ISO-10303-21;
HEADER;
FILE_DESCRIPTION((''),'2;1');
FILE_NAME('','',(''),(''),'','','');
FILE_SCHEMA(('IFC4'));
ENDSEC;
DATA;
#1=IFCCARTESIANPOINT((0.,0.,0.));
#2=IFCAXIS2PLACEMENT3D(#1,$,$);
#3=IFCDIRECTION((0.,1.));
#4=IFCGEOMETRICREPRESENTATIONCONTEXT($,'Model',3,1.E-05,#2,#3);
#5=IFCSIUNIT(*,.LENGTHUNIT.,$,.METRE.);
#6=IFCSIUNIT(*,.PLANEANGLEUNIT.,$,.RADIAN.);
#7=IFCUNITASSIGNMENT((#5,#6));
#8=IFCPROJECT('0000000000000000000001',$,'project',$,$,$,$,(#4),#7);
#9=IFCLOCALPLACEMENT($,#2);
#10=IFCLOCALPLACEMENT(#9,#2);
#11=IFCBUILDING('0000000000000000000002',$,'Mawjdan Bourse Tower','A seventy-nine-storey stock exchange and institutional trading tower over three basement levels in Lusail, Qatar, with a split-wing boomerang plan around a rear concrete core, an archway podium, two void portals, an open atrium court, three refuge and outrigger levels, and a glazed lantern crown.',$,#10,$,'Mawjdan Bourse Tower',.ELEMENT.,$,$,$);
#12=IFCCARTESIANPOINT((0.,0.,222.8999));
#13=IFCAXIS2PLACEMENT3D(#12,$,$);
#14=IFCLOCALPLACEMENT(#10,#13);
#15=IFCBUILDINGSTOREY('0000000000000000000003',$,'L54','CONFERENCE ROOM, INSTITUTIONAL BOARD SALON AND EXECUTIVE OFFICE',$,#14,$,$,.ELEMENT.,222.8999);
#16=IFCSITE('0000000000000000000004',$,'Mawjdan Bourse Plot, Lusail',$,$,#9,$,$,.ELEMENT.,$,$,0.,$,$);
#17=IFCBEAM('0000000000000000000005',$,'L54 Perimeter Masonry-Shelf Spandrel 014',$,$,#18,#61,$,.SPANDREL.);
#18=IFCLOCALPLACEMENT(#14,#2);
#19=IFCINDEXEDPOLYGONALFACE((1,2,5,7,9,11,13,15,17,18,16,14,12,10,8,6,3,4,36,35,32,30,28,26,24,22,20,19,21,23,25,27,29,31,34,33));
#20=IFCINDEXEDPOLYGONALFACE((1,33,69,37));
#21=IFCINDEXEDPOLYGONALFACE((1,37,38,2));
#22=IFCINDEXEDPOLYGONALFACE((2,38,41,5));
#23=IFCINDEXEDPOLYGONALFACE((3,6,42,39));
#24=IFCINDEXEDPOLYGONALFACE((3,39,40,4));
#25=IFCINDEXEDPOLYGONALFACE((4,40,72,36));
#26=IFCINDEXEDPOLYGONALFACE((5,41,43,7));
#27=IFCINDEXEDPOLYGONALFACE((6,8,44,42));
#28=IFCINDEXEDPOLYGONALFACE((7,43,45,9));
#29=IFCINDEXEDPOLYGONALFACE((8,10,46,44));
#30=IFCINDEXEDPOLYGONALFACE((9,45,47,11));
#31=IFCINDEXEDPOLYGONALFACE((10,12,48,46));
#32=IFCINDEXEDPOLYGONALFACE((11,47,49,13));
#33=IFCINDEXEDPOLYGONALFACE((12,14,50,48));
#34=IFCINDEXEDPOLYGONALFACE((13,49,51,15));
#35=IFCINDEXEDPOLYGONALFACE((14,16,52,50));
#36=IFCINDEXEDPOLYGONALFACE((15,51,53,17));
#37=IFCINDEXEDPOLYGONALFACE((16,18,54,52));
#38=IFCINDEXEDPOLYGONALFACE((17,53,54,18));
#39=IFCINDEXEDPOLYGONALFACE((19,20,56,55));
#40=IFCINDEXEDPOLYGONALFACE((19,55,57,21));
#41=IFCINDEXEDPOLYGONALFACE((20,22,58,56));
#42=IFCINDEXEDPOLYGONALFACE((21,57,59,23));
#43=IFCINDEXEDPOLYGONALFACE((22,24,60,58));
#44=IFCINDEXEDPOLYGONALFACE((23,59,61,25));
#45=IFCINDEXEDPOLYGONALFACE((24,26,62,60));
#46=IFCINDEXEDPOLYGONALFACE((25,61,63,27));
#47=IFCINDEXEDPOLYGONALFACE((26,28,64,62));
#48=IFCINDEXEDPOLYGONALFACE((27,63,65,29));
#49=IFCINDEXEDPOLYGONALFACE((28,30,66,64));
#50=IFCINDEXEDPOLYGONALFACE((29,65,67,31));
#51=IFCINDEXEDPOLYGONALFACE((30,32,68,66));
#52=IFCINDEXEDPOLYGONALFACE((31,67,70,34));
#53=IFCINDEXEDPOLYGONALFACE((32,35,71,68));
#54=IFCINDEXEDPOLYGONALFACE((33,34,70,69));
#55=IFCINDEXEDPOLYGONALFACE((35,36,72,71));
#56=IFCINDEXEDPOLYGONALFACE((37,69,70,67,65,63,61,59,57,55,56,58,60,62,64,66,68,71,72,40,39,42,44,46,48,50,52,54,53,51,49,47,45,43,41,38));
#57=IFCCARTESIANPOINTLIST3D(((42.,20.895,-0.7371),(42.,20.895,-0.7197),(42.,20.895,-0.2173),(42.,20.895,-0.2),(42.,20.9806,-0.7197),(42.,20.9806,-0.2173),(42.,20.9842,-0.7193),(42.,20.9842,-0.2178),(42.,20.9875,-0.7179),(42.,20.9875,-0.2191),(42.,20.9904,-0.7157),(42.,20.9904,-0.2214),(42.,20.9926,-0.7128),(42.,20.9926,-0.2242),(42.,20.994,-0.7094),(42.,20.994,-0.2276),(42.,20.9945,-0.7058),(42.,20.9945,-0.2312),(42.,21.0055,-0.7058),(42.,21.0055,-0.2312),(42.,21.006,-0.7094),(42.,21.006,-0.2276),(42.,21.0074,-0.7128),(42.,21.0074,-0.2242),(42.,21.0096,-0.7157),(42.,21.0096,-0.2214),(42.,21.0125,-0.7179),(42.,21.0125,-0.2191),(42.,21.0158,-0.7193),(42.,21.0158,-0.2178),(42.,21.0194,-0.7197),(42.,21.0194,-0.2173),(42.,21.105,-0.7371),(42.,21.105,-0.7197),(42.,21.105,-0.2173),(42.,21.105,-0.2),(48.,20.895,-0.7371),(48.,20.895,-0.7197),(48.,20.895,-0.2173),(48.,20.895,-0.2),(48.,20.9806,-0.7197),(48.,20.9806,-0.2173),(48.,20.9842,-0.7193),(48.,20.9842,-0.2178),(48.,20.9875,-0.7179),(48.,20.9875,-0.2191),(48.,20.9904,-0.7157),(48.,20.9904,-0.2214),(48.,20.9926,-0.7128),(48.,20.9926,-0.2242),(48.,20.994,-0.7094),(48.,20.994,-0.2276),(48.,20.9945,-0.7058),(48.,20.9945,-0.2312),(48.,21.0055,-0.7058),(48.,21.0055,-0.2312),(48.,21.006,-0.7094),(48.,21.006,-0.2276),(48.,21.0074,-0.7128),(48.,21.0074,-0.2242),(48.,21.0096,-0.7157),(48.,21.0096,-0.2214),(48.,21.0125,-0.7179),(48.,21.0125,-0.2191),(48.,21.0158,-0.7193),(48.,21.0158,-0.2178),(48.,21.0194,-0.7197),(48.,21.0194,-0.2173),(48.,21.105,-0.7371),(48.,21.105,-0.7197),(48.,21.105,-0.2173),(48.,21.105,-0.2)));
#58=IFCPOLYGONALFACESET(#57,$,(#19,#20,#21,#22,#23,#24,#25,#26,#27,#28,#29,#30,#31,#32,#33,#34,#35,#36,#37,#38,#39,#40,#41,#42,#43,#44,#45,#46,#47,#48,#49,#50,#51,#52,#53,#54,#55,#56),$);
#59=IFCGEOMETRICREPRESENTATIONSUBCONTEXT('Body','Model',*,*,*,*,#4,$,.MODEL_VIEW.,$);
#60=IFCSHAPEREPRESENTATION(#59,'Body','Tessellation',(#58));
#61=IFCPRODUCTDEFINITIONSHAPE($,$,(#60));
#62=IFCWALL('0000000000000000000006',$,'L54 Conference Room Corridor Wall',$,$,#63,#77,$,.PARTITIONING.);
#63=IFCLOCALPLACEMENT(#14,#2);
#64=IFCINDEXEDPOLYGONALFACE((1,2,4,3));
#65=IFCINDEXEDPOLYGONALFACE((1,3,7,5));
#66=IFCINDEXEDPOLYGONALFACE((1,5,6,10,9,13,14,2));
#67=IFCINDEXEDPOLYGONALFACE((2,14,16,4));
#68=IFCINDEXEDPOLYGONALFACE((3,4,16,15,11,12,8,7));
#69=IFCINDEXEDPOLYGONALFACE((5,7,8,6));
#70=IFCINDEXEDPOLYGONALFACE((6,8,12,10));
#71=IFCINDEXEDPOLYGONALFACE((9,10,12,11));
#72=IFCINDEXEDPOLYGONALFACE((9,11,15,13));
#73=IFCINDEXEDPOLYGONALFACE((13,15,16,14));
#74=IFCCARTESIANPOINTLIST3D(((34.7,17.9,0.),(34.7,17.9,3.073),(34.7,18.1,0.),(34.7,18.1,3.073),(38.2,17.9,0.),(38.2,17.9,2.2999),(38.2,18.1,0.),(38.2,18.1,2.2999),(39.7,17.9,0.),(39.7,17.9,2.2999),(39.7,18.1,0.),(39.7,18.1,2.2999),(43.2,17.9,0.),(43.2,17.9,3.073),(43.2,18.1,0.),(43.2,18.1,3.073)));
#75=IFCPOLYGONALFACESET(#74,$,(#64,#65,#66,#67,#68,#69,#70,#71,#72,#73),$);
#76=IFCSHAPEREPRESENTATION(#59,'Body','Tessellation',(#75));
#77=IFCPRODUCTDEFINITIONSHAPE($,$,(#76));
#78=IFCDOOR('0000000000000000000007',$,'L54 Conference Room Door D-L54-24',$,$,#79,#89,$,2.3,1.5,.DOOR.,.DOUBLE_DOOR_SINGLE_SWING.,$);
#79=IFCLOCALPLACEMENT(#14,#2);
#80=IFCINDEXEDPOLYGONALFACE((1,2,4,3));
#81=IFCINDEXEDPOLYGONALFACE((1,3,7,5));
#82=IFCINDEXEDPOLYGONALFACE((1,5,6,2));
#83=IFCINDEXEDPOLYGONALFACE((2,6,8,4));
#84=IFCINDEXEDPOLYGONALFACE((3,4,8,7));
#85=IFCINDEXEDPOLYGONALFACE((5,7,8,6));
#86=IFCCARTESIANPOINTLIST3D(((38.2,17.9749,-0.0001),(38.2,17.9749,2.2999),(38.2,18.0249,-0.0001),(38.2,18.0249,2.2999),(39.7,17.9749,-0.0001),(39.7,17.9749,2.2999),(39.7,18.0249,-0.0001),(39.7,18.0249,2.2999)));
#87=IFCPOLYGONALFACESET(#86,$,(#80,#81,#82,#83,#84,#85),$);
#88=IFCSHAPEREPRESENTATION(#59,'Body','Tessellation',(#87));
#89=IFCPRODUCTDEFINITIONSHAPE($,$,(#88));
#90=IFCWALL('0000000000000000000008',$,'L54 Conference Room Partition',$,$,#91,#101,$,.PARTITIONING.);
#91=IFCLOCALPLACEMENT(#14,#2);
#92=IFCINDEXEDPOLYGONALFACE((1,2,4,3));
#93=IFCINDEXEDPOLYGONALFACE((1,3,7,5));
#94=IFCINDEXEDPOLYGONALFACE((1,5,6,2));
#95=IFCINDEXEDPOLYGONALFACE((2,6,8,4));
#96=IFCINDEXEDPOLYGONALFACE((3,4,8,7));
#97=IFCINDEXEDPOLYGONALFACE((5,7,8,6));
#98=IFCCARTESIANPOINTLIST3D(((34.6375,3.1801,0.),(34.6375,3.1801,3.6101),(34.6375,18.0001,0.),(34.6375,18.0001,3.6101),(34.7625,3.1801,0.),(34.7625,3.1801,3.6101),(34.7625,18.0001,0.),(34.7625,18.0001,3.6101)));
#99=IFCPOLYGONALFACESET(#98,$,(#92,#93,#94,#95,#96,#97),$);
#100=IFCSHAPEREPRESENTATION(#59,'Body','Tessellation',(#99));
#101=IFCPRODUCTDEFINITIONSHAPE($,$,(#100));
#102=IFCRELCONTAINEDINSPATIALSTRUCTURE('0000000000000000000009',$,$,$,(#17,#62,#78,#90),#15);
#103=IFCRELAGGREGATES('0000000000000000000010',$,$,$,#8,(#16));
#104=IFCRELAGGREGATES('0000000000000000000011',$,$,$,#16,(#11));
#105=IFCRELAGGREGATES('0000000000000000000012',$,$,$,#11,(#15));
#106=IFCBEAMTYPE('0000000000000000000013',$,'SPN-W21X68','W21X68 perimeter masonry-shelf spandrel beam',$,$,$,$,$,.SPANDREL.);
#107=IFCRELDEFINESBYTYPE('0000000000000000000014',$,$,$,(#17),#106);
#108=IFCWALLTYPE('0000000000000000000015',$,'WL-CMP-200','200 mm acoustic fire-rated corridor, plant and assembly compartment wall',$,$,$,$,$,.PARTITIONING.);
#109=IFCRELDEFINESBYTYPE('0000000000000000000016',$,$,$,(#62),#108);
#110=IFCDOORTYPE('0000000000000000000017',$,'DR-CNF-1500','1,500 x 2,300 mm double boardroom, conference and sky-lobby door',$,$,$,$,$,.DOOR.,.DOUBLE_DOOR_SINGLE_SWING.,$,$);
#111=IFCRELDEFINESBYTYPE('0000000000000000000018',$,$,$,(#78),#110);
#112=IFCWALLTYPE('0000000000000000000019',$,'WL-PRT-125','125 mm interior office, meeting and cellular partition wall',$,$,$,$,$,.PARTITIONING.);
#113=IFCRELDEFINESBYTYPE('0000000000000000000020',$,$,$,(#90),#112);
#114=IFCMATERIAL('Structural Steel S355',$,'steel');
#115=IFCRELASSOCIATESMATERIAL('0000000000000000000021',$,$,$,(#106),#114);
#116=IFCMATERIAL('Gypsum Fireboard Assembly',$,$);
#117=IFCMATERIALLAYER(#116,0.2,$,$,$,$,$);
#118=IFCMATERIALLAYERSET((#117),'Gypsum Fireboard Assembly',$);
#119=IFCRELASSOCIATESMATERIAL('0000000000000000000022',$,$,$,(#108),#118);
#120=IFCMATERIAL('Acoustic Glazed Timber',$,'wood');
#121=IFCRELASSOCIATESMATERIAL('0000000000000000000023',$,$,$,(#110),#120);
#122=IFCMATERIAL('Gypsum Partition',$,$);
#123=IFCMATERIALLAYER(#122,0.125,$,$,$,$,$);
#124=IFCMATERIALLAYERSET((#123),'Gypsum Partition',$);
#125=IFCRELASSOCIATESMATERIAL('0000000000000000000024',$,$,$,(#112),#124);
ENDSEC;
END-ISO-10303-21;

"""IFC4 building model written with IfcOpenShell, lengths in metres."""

from ifc_helpers import new_model, si_unit, direction, frame, frame_2d, origin, origin_2d, place, context, subcontext, project, spatial, rectangle, i_section, extrude, material, layer, layer_set, material_profile, profile_set, type_object, element, fill, save


model = new_model("IFC4")

# Units and contexts
model_context = context("Model", 3, precision=1e-05, world=origin(), true_north=direction((0.0, 1.0)))
body_context = subcontext(model_context, "Body", "Model", "MODEL_VIEW")
ifc_project = project(units=[si_unit("LENGTHUNIT", "METRE"), si_unit("PLANEANGLEUNIT", "RADIAN")], contexts=[model_context])

# Site, building, storey
site_placement = place(None, origin())
site = spatial("IfcSite", under=ifc_project, at=site_placement, Name="Mawjdan Bourse Plot, Lusail", CompositionType="ELEMENT", RefElevation=0.0)
building_placement = place(site_placement, origin())
building = spatial("IfcBuilding", under=site, at=building_placement, Name="Mawjdan Bourse Tower", Description="A seventy-nine-storey stock exchange and institutional trading tower over three basement levels in Lusail, Qatar, with a split-wing boomerang plan around a rear concrete core, an archway podium, two void portals, an open atrium court, three refuge and outrigger levels, and a glazed lantern crown.", LongName="Mawjdan Bourse Tower", CompositionType="ELEMENT")
storey_placement = place(building_placement, frame((0.0, 0.0, 222.8999)))
storey = spatial("IfcBuildingStorey", under=building, at=storey_placement, Name="L54", Description="CONFERENCE ROOM, INSTITUTIONAL BOARD SALON AND EXECUTIVE OFFICE", CompositionType="ELEMENT", Elevation=222.8999)

# Beam
ifc_material_1 = material(Name="Structural Steel S355", Category="steel")
ifc_material_profile_1 = material_profile(ifc_material_1, i_section(OverallWidth=0.21, OverallDepth=0.5371, WebThickness=0.011, FlangeThickness=0.0173, FilletRadius=0.0139, at=origin_2d()), Name="W21X68")
ifc_profile_set_1 = profile_set([ifc_material_profile_1], Name="Structural Steel S355")
beam_type_1 = type_object("IfcBeamType", Name="SPN-W21X68", Description="W21X68 perimeter masonry-shelf spandrel beam", PredefinedType="SPANDREL", material=ifc_profile_set_1)
for number, where, z_axis, x_axis, name in (
    (1, (42.0, 21.0, -0.4685), (1.0, 0.0, 0.0), (0.0, 1.0, 0.0), "L54 Perimeter Masonry-Shelf Spandrel 014"),
):
    element("IfcBeam", number, at=place(storey_placement, frame(where, z_axis=z_axis, x_axis=x_axis)), inside=storey, type_object=beam_type_1, Name=name, PredefinedType="SPANDREL", context=body_context, shape_type="SweptSolid", body=[
        extrude(i_section(OverallWidth=0.21, OverallDepth=0.5371, WebThickness=0.011, FlangeThickness=0.0173, FilletRadius=0.0139, at=origin_2d()), origin(), (0.0, 0.0, 1.0), 6.0),
    ])

# Wall, opening, door
ifc_material_2 = material(Name="Gypsum Fireboard Assembly")
ifc_layer_1 = layer(ifc_material_2, 0.2)
ifc_layer_set_1 = layer_set([ifc_layer_1], Name="Gypsum Fireboard Assembly")
wall_type_1 = type_object("IfcWallType", Name="WL-CMP-200", Description="200 mm acoustic fire-rated corridor, plant and assembly compartment wall", PredefinedType="PARTITIONING", material=ifc_layer_set_1)
wall_1_placement = place(storey_placement, frame((34.7, 18.0, 0.0), z_axis=(0.0, 0.0, 1.0), x_axis=(1.0, 0.0, 0.0)))
wall_1 = element("IfcWall", 2, at=wall_1_placement, inside=storey, type_object=wall_type_1, Name="L54 Conference Room Corridor Wall", PredefinedType="PARTITIONING", context=body_context, shape_type="SweptSolid", body=[
    extrude(rectangle(XDim=8.5, YDim=0.2, at=frame_2d((4.25, 0.0))), origin(), (0.0, 0.0, 1.0), 3.073),
])
opening_placement = place(wall_1_placement, frame((3.5, 0.0, 0.0)))
opening = element("IfcOpeningElement", 3, at=opening_placement, cuts=wall_1, PredefinedType="OPENING", context=body_context, shape_type="SweptSolid", body=[
    extrude(rectangle(XDim=1.5, YDim=2.3, at=frame_2d((0.75, 1.1499))), frame((0.0, 0.1099, 0.0), z_axis=(0.0, -1.0, 0.0), x_axis=(1.0, 0.0, 0.0)), (0.0, 0.0, 1.0), 0.22),
])
ifc_material_3 = material(Name="Acoustic Glazed Timber", Category="wood")
door_type = type_object("IfcDoorType", Name="DR-CNF-1500", Description="1,500 x 2,300 mm double boardroom, conference and sky-lobby door", OperationType="DOUBLE_DOOR_SINGLE_SWING", PredefinedType="DOOR", material=ifc_material_3)
door_placement = place(opening_placement, origin())
door = element("IfcDoor", 4, at=door_placement, inside=storey, type_object=door_type, Name="L54 Conference Room Door D-L54-24", OperationType="DOUBLE_DOOR_SINGLE_SWING", OverallHeight=2.3, OverallWidth=1.5, PredefinedType="DOOR", context=body_context, shape_type="SweptSolid", body=[
    extrude(rectangle(XDim=1.5, YDim=2.3, at=frame_2d((0.75, 1.1499))), frame((0.0, 0.0249, 0.0), z_axis=(0.0, -1.0, 0.0), x_axis=(1.0, 0.0, 0.0)), (0.0, 0.0, 1.0), 0.05),
])
fill(opening, door)

# Wall
ifc_material_4 = material(Name="Gypsum Partition")
ifc_layer_2 = layer(ifc_material_4, 0.125)
ifc_layer_set_2 = layer_set([ifc_layer_2], Name="Gypsum Partition")
wall_type_2 = type_object("IfcWallType", Name="WL-PRT-125", Description="125 mm interior office, meeting and cellular partition wall", PredefinedType="PARTITIONING", material=ifc_layer_set_2)
wall_2_placement = place(storey_placement, frame((34.7, 3.1799, 0.0), z_axis=(0.0, 0.0, 1.0), x_axis=(0.0, 1.0, 0.0)))
element("IfcWall", 5, at=wall_2_placement, inside=storey, type_object=wall_type_2, Name="L54 Conference Room Partition", PredefinedType="PARTITIONING", context=body_context, shape_type="SweptSolid", body=[
    extrude(rectangle(XDim=14.8201, YDim=0.125, at=frame_2d((7.4102, 0.0))), origin(), (0.0, 0.0, 1.0), 3.6101),
])

save(model, "model.ifc")
